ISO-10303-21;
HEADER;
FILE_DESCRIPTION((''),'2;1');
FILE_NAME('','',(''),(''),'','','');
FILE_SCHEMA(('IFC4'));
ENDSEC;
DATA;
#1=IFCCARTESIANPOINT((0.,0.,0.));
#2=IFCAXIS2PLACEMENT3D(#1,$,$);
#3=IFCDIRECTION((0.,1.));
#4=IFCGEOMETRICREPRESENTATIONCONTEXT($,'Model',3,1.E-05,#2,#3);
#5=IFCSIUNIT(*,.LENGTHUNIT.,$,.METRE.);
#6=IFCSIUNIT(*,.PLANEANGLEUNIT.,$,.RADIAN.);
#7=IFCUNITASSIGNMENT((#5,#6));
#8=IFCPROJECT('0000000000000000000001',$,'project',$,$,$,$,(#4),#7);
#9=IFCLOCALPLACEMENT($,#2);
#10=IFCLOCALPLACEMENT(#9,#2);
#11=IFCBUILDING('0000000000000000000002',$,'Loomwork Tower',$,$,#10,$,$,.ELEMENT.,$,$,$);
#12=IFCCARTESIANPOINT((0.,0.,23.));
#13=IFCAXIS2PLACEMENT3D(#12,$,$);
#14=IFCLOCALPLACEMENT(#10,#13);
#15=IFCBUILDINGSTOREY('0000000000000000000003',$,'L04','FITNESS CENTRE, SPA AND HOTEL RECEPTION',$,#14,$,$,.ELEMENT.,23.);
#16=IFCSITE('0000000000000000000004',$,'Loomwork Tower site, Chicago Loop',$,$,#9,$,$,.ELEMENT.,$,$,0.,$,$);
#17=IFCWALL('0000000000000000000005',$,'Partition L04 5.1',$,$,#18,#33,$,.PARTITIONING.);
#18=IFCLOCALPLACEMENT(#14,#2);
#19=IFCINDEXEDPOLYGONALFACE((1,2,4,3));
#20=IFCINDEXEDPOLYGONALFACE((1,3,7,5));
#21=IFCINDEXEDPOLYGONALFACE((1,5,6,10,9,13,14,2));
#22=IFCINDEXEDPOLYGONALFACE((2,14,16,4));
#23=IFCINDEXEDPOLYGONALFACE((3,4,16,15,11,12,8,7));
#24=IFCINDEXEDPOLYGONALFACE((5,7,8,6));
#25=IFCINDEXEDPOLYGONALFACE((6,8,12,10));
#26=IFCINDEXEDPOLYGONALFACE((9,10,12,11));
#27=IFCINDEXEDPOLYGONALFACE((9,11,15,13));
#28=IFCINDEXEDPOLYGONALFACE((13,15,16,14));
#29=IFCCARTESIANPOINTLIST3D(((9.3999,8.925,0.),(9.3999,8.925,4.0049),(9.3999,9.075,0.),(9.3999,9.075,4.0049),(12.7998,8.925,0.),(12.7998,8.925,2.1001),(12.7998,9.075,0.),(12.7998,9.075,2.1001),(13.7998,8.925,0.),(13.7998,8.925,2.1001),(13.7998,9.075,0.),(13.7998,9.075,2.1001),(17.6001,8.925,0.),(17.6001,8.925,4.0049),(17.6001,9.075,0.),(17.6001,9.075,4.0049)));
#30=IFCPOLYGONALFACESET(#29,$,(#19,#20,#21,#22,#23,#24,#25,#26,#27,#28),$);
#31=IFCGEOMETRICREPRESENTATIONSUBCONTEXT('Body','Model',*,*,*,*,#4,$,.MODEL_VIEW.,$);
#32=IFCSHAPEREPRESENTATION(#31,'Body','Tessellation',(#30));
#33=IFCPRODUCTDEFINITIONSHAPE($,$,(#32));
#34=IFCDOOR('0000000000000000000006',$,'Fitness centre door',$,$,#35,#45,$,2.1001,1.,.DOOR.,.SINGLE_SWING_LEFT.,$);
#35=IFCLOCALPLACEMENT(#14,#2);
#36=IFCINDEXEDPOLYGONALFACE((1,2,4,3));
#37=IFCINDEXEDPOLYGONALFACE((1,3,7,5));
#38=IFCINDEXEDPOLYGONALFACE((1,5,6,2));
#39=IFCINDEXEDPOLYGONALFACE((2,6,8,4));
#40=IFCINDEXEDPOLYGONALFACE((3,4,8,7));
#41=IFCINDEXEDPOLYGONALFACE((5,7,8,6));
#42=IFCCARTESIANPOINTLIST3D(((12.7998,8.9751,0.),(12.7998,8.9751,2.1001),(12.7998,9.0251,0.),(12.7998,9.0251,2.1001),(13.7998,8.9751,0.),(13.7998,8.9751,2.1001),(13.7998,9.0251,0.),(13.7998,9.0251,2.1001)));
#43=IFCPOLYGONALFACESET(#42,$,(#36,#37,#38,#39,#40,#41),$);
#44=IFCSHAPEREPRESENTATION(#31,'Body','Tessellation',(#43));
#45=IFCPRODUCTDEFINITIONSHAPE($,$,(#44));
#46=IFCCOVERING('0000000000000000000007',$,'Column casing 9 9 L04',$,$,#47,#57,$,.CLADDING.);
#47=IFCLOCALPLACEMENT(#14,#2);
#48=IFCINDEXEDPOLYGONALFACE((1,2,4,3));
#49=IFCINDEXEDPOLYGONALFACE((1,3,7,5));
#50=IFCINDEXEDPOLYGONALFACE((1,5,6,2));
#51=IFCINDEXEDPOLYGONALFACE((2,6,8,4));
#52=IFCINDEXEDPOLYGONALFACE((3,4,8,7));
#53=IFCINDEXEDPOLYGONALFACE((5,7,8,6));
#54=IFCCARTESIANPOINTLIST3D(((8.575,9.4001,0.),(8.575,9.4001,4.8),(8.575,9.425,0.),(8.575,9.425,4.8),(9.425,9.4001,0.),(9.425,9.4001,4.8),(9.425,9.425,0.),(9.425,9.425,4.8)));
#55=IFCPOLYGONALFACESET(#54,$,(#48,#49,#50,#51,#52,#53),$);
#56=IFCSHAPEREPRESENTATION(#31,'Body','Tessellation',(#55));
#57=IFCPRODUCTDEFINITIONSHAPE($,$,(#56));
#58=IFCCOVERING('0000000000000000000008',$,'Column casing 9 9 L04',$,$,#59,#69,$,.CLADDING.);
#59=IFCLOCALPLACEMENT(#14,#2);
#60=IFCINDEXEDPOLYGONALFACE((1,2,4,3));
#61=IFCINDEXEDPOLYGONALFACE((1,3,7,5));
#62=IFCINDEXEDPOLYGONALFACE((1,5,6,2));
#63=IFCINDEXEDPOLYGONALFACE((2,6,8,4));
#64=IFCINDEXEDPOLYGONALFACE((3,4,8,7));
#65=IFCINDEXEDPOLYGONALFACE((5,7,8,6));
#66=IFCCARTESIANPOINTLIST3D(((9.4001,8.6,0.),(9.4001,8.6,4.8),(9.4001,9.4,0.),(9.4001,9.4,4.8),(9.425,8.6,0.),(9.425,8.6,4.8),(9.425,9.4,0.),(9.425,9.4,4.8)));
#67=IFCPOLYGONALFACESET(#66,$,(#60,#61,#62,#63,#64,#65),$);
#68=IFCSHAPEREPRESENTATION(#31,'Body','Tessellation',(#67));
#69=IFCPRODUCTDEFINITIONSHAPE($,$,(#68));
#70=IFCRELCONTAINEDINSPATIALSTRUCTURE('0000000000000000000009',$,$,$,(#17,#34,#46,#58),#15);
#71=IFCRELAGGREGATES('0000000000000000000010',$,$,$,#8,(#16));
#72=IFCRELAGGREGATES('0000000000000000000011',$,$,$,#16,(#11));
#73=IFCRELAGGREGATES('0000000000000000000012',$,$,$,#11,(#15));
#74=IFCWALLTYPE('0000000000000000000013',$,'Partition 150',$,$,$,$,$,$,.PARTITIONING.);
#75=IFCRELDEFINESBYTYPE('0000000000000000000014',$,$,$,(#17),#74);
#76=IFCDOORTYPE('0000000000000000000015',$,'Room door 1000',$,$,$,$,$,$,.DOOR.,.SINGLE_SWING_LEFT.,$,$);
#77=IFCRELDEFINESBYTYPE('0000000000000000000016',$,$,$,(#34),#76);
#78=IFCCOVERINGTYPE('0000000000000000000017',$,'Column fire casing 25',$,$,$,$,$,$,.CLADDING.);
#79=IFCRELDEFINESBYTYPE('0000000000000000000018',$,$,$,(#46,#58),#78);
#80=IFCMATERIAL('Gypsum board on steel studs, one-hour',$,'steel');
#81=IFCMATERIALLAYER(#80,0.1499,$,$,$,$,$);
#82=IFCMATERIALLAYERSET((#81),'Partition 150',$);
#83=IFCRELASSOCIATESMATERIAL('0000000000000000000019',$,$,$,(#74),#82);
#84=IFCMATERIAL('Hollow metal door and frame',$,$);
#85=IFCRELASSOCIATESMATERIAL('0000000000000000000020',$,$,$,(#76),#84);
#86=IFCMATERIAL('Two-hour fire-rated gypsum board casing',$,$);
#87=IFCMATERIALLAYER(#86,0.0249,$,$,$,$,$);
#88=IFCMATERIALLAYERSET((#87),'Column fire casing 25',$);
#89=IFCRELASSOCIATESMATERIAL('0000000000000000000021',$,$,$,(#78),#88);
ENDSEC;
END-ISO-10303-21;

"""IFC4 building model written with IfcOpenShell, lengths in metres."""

from ifc_helpers import new_model, si_unit, direction, frame, frame_2d, origin, origin_2d, place, context, subcontext, project, spatial, rectangle, extrude, material, layer, layer_set, type_object, element, fill, save


model = new_model("IFC4")

# Units and contexts
model_context = context("Model", 3, precision=1e-05, world=origin(), true_north=direction((0.0, 1.0)))
body_context = subcontext(model_context, "Body", "Model", "MODEL_VIEW")
ifc_project = project(units=[si_unit("LENGTHUNIT", "METRE"), si_unit("PLANEANGLEUNIT", "RADIAN")], contexts=[model_context])

# Site, building, storey
site_placement = place(None, origin())
site = spatial("IfcSite", under=ifc_project, at=site_placement, Name="Loomwork Tower site, Chicago Loop", CompositionType="ELEMENT", RefElevation=0.0)
building_placement = place(site_placement, origin())
building = spatial("IfcBuilding", under=site, at=building_placement, Name="Loomwork Tower", CompositionType="ELEMENT")
storey_placement = place(building_placement, frame((0.0, 0.0, 23.0)))
storey = spatial("IfcBuildingStorey", under=building, at=storey_placement, Name="L04", Description="FITNESS CENTRE, SPA AND HOTEL RECEPTION", CompositionType="ELEMENT", Elevation=23.0)

# Wall, opening, door
ifc_material_1 = material(Name="Gypsum board on steel studs, one-hour", Category="steel")
ifc_layer_1 = layer(ifc_material_1, 0.1499)
ifc_layer_set_1 = layer_set([ifc_layer_1], Name="Partition 150")
wall_type_1 = type_object("IfcWallType", Name="Partition 150", PredefinedType="PARTITIONING", material=ifc_layer_set_1)
wall_1_placement = place(storey_placement, frame((9.3999, 9.0, 0.0), z_axis=(0.0, 0.0, 1.0), x_axis=(1.0, 0.0, 0.0)))
wall_1 = element("IfcWall", 1, at=wall_1_placement, inside=storey, type_object=wall_type_1, Name="Partition L04 5.1", PredefinedType="PARTITIONING", context=body_context, shape_type="SweptSolid", body=[
    extrude(rectangle(XDim=8.2002, YDim=0.1499, at=frame_2d((4.1001, 0.0))), origin(), (0.0, 0.0, 1.0), 4.0049),
])
opening_1_placement = place(wall_1_placement, frame((3.3999, 0.0, 0.0)))
opening_1 = element("IfcOpeningElement", 2, at=opening_1_placement, cuts=wall_1, PredefinedType="OPENING", context=body_context, shape_type="SweptSolid", body=[
    extrude(rectangle(XDim=1.0, YDim=2.1001, at=frame_2d((0.5, 1.05))), frame((0.0, 0.085, 0.0), z_axis=(0.0, -1.0, 0.0), x_axis=(1.0, 0.0, 0.0)), (0.0, 0.0, 1.0), 0.1699),
])
ifc_material_2 = material(Name="Hollow metal door and frame")
door_type_1 = type_object("IfcDoorType", Name="Room door 1000", OperationType="SINGLE_SWING_LEFT", PredefinedType="DOOR", material=ifc_material_2)
door_1_placement = place(opening_1_placement, frame((1.0, 0.0, 0.0), z_axis=(0.0, 0.0, 1.0), x_axis=(-1.0, 0.0, 0.0)))
door_1 = element("IfcDoor", 3, at=door_1_placement, inside=storey, type_object=door_type_1, Name="Fitness centre door", OperationType="SINGLE_SWING_LEFT", OverallHeight=2.1001, OverallWidth=1.0, PredefinedType="DOOR", context=body_context, shape_type="SweptSolid", body=[
    extrude(rectangle(XDim=1.0, YDim=2.1001, at=frame_2d((0.5, 1.05))), frame((0.0, 0.0249, 0.0), z_axis=(0.0, -1.0, 0.0), x_axis=(1.0, 0.0, 0.0)), (0.0, 0.0, 1.0), 0.05),
])
fill(opening_1, door_1)

# Coverings
ifc_material_3 = material(Name="Two-hour fire-rated gypsum board casing")
ifc_layer_2 = layer(ifc_material_3, 0.0249)
ifc_layer_set_2 = layer_set([ifc_layer_2], Name="Column fire casing 25")
covering_type = type_object("IfcCoveringType", Name="Column fire casing 25", PredefinedType="CLADDING", material=ifc_layer_set_2)
covering_1_placement = place(storey_placement, frame((9.0, 9.4126, 0.0), z_axis=(0.0, 0.0, 1.0), x_axis=(1.0, 0.0, 0.0)))
element("IfcCovering", 4, at=covering_1_placement, inside=storey, type_object=covering_type, Name="Column casing 9 9 L04", PredefinedType="CLADDING", context=body_context, shape_type="SweptSolid", body=[
    extrude(rectangle(XDim=0.8501, YDim=0.0249, at=origin_2d()), origin(), (0.0, 0.0, 1.0), 4.8),
])
covering_2_placement = place(storey_placement, frame((9.4126, 9.0, 0.0), z_axis=(0.0, 0.0, 1.0), x_axis=(1.0, 0.0, 0.0)))
element("IfcCovering", 5, at=covering_2_placement, inside=storey, type_object=covering_type, Name="Column casing 9 9 L04", PredefinedType="CLADDING", context=body_context, shape_type="SweptSolid", body=[
    extrude(rectangle(XDim=0.0249, YDim=0.8, at=origin_2d()), origin(), (0.0, 0.0, 1.0), 4.8),
])

save(model, "model.ifc")
